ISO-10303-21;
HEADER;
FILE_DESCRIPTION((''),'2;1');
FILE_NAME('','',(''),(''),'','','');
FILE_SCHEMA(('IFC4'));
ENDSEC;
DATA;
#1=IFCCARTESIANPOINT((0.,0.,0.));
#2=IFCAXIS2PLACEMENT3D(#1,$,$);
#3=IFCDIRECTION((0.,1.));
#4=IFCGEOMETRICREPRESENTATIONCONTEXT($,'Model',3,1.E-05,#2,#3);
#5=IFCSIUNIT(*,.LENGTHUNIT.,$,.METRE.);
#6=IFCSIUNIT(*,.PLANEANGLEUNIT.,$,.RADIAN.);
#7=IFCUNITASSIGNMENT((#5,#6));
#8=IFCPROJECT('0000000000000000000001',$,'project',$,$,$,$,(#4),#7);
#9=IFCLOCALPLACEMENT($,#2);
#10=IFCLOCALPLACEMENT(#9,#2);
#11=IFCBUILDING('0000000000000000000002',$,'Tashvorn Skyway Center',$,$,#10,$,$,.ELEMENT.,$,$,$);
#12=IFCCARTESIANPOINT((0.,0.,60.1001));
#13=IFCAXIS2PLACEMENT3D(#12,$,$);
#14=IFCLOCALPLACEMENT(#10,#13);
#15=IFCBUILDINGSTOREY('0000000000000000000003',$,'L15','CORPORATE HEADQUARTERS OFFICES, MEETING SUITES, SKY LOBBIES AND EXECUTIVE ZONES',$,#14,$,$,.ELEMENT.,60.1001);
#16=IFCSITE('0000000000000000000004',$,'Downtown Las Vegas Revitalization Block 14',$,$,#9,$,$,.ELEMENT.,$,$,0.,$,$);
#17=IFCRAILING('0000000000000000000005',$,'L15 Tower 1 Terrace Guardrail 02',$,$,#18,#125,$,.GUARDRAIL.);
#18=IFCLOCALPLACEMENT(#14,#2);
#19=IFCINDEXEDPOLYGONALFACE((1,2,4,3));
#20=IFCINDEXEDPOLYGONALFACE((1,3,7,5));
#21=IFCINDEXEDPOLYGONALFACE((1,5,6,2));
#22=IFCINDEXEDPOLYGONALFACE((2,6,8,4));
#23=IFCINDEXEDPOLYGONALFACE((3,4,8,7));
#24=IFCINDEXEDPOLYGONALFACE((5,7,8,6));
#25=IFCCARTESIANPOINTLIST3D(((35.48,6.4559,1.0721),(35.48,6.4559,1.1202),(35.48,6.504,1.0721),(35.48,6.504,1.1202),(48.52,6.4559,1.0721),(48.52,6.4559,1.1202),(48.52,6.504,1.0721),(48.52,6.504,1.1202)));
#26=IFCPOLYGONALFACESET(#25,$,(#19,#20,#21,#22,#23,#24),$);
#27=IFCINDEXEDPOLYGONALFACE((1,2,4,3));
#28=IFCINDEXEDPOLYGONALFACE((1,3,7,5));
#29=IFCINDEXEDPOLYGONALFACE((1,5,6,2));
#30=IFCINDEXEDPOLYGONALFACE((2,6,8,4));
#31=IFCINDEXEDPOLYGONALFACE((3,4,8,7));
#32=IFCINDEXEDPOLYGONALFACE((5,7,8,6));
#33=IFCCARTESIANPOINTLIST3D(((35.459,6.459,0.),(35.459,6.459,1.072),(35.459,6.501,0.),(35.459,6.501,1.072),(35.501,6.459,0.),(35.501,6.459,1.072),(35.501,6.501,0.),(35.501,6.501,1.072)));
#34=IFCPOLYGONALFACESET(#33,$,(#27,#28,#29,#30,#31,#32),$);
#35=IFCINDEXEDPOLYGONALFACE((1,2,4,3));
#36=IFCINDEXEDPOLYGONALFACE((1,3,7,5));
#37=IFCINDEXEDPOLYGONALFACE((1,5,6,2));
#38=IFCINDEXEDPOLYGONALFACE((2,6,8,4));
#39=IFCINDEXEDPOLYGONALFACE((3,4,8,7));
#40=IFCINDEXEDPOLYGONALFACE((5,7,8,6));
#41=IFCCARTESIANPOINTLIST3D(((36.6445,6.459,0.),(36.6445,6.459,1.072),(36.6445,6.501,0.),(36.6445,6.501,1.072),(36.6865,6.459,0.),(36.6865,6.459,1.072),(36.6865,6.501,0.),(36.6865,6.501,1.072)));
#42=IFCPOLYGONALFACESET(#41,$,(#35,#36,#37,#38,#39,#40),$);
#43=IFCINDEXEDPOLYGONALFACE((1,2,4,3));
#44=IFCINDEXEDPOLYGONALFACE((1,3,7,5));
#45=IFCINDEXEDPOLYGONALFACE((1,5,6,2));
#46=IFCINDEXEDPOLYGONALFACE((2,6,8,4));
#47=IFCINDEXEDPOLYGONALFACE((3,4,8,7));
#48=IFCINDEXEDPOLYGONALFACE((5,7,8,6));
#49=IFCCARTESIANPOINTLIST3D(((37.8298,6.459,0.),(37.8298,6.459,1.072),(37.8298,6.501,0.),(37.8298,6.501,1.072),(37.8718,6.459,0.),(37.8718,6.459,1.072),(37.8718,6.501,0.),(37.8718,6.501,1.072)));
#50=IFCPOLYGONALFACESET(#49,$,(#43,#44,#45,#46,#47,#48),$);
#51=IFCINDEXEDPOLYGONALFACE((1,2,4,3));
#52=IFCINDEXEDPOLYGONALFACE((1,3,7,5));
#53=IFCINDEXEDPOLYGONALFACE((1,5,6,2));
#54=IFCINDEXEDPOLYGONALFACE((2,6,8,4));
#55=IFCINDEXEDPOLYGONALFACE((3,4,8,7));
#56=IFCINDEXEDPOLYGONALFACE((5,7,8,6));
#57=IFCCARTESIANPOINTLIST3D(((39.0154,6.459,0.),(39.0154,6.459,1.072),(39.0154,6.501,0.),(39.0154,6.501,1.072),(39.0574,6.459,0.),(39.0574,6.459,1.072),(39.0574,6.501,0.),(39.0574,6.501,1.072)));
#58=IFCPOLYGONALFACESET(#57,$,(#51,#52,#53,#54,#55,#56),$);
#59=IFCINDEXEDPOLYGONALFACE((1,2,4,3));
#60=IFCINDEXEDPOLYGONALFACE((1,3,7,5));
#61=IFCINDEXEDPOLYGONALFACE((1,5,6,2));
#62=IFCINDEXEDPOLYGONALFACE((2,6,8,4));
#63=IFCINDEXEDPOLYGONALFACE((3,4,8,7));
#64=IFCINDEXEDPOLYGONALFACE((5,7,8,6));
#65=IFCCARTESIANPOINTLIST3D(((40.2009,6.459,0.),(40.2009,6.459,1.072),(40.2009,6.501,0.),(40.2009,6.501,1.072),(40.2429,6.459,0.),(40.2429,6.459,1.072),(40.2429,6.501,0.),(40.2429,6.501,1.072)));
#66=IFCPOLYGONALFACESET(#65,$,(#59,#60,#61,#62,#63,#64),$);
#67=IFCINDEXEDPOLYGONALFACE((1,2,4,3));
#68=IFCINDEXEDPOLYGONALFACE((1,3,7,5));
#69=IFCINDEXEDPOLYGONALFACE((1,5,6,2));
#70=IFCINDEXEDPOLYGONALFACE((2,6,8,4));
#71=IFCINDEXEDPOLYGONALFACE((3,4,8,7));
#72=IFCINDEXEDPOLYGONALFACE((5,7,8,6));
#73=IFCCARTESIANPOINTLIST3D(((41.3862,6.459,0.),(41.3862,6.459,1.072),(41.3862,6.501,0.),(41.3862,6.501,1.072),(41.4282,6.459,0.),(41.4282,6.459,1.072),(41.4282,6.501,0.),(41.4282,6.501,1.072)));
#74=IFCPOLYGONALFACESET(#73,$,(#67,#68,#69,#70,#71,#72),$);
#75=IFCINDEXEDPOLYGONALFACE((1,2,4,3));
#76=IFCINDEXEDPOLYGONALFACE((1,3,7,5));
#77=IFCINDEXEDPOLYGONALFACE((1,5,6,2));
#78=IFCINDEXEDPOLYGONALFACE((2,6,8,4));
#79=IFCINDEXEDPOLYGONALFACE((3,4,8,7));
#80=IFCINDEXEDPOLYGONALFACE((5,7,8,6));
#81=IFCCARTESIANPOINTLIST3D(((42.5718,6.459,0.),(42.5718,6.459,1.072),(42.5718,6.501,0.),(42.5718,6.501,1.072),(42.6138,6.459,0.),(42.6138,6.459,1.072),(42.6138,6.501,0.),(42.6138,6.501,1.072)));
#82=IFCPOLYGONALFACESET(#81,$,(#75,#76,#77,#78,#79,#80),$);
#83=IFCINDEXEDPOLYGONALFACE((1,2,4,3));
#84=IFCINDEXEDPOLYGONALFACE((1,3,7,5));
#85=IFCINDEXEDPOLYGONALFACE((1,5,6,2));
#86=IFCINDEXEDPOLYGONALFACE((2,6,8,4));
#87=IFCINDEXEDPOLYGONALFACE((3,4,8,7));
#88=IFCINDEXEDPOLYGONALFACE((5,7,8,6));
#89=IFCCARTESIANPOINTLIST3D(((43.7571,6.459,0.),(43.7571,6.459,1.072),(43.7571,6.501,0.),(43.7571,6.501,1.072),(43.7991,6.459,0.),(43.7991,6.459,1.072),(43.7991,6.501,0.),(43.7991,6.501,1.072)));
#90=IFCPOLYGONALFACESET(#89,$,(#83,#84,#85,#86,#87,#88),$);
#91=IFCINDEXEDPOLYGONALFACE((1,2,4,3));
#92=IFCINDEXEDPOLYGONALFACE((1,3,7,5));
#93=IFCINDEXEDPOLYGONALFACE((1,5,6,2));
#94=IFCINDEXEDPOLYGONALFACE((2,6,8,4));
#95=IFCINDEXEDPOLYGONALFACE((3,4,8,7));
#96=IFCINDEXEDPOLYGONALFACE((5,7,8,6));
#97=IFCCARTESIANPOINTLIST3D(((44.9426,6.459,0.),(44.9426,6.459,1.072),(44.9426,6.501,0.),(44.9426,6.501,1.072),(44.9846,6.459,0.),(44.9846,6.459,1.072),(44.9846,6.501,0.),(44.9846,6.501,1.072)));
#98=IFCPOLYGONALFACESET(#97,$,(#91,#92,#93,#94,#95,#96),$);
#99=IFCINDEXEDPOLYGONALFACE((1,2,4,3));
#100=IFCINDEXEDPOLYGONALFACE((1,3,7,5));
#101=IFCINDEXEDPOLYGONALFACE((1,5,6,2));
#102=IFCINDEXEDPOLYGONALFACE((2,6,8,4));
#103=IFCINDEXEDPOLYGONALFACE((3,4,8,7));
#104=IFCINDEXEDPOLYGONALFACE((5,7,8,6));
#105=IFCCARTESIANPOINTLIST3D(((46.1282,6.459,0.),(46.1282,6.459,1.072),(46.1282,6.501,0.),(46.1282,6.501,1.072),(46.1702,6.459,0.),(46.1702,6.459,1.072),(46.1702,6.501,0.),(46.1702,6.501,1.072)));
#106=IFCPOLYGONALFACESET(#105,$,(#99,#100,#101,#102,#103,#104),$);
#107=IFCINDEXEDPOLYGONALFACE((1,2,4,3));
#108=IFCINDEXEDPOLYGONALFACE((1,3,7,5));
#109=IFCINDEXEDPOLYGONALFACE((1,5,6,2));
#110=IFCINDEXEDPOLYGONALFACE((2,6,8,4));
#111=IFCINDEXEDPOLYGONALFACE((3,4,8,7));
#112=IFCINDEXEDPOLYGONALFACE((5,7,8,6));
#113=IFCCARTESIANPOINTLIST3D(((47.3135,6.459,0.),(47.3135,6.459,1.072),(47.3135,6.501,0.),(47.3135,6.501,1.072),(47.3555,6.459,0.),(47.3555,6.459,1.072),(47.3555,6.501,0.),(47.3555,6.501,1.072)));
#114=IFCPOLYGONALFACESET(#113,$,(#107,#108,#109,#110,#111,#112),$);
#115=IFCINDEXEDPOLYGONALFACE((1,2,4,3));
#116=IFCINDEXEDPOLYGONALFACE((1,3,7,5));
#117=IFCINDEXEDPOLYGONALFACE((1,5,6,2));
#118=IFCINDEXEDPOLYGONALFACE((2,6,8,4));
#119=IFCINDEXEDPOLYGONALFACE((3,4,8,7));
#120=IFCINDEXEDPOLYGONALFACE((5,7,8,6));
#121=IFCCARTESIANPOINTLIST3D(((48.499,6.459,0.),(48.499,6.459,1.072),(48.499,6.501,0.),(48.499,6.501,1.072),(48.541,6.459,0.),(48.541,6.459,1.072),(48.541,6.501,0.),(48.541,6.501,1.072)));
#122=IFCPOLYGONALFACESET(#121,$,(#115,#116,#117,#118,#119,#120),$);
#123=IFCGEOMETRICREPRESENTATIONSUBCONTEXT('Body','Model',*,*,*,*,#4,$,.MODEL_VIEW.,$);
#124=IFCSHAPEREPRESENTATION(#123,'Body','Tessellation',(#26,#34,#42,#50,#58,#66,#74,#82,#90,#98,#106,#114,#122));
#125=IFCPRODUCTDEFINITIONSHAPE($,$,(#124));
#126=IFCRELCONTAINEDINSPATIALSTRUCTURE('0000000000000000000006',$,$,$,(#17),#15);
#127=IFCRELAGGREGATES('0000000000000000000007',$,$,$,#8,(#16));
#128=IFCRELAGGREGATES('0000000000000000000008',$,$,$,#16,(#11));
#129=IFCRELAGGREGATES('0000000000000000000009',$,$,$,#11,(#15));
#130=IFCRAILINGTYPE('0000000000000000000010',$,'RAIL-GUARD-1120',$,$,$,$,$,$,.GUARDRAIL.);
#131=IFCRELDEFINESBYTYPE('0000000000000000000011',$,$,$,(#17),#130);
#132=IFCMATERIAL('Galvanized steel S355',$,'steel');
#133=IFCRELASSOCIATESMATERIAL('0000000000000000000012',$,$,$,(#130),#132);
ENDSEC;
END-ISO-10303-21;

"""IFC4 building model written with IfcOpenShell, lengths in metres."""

from ifc_helpers import new_model, si_unit, direction, frame, origin, origin_2d, place, context, subcontext, project, spatial, rectangle, extrude, material, type_object, element, save


model = new_model("IFC4")

# Units and contexts
model_context = context("Model", 3, precision=1e-05, world=origin(), true_north=direction((0.0, 1.0)))
body_context = subcontext(model_context, "Body", "Model", "MODEL_VIEW")
ifc_project = project(units=[si_unit("LENGTHUNIT", "METRE"), si_unit("PLANEANGLEUNIT", "RADIAN")], contexts=[model_context])

# Site, building, storey
site_placement = place(None, origin())
site = spatial("IfcSite", under=ifc_project, at=site_placement, Name="Downtown Las Vegas Revitalization Block 14", CompositionType="ELEMENT", RefElevation=0.0)
building_placement = place(site_placement, origin())
building = spatial("IfcBuilding", under=site, at=building_placement, Name="Tashvorn Skyway Center", CompositionType="ELEMENT")
storey_placement = place(building_placement, frame((0.0, 0.0, 60.1001)))
storey = spatial("IfcBuildingStorey", under=building, at=storey_placement, Name="L15", Description="CORPORATE HEADQUARTERS OFFICES, MEETING SUITES, SKY LOBBIES AND EXECUTIVE ZONES", CompositionType="ELEMENT", Elevation=60.1001)

# Railing
ifc_material_1 = material(Name="Galvanized steel S355", Category="steel")
railing_type = type_object("IfcRailingType", Name="RAIL-GUARD-1120", PredefinedType="GUARDRAIL", material=ifc_material_1)
railing_1_placement = place(storey_placement, frame((35.48, 6.48, 0.0)))
element("IfcRailing", 1, at=railing_1_placement, inside=storey, type_object=railing_type, Name="L15 Tower 1 Terrace Guardrail 02", PredefinedType="GUARDRAIL", context=body_context, shape_type="SweptSolid", body=[
    extrude(rectangle(XDim=0.0481, YDim=0.0481, at=origin_2d()), frame((0.0, 0.0, 1.0962), z_axis=(1.0, 0.0, 0.0), x_axis=(0.0, 1.0, 0.0)), (0.0, 0.0, 1.0), 13.04),
    extrude(rectangle(XDim=0.042, YDim=0.042, at=origin_2d()), origin(), (0.0, 0.0, 1.0), 1.072),
    extrude(rectangle(XDim=0.042, YDim=0.042, at=origin_2d()), frame((1.1855, 0.0, 0.0)), (0.0, 0.0, 1.0), 1.072),
    extrude(rectangle(XDim=0.042, YDim=0.042, at=origin_2d()), frame((2.3708, 0.0, 0.0)), (0.0, 0.0, 1.0), 1.072),
    extrude(rectangle(XDim=0.042, YDim=0.042, at=origin_2d()), frame((3.5564, 0.0, 0.0)), (0.0, 0.0, 1.0), 1.072),
    extrude(rectangle(XDim=0.042, YDim=0.042, at=origin_2d()), frame((4.7419, 0.0, 0.0)), (0.0, 0.0, 1.0), 1.072),
    extrude(rectangle(XDim=0.042, YDim=0.042, at=origin_2d()), frame((5.9272, 0.0, 0.0)), (0.0, 0.0, 1.0), 1.072),
    extrude(rectangle(XDim=0.042, YDim=0.042, at=origin_2d()), frame((7.1128, 0.0, 0.0)), (0.0, 0.0, 1.0), 1.072),
    extrude(rectangle(XDim=0.042, YDim=0.042, at=origin_2d()), frame((8.2981, 0.0, 0.0)), (0.0, 0.0, 1.0), 1.072),
    extrude(rectangle(XDim=0.042, YDim=0.042, at=origin_2d()), frame((9.4836, 0.0, 0.0)), (0.0, 0.0, 1.0), 1.072),
    extrude(rectangle(XDim=0.042, YDim=0.042, at=origin_2d()), frame((10.6692, 0.0, 0.0)), (0.0, 0.0, 1.0), 1.072),
    extrude(rectangle(XDim=0.042, YDim=0.042, at=origin_2d()), frame((11.8545, 0.0, 0.0)), (0.0, 0.0, 1.0), 1.072),
    extrude(rectangle(XDim=0.042, YDim=0.042, at=origin_2d()), frame((13.04, 0.0, 0.0)), (0.0, 0.0, 1.0), 1.072),
])

save(model, "model.ifc")
